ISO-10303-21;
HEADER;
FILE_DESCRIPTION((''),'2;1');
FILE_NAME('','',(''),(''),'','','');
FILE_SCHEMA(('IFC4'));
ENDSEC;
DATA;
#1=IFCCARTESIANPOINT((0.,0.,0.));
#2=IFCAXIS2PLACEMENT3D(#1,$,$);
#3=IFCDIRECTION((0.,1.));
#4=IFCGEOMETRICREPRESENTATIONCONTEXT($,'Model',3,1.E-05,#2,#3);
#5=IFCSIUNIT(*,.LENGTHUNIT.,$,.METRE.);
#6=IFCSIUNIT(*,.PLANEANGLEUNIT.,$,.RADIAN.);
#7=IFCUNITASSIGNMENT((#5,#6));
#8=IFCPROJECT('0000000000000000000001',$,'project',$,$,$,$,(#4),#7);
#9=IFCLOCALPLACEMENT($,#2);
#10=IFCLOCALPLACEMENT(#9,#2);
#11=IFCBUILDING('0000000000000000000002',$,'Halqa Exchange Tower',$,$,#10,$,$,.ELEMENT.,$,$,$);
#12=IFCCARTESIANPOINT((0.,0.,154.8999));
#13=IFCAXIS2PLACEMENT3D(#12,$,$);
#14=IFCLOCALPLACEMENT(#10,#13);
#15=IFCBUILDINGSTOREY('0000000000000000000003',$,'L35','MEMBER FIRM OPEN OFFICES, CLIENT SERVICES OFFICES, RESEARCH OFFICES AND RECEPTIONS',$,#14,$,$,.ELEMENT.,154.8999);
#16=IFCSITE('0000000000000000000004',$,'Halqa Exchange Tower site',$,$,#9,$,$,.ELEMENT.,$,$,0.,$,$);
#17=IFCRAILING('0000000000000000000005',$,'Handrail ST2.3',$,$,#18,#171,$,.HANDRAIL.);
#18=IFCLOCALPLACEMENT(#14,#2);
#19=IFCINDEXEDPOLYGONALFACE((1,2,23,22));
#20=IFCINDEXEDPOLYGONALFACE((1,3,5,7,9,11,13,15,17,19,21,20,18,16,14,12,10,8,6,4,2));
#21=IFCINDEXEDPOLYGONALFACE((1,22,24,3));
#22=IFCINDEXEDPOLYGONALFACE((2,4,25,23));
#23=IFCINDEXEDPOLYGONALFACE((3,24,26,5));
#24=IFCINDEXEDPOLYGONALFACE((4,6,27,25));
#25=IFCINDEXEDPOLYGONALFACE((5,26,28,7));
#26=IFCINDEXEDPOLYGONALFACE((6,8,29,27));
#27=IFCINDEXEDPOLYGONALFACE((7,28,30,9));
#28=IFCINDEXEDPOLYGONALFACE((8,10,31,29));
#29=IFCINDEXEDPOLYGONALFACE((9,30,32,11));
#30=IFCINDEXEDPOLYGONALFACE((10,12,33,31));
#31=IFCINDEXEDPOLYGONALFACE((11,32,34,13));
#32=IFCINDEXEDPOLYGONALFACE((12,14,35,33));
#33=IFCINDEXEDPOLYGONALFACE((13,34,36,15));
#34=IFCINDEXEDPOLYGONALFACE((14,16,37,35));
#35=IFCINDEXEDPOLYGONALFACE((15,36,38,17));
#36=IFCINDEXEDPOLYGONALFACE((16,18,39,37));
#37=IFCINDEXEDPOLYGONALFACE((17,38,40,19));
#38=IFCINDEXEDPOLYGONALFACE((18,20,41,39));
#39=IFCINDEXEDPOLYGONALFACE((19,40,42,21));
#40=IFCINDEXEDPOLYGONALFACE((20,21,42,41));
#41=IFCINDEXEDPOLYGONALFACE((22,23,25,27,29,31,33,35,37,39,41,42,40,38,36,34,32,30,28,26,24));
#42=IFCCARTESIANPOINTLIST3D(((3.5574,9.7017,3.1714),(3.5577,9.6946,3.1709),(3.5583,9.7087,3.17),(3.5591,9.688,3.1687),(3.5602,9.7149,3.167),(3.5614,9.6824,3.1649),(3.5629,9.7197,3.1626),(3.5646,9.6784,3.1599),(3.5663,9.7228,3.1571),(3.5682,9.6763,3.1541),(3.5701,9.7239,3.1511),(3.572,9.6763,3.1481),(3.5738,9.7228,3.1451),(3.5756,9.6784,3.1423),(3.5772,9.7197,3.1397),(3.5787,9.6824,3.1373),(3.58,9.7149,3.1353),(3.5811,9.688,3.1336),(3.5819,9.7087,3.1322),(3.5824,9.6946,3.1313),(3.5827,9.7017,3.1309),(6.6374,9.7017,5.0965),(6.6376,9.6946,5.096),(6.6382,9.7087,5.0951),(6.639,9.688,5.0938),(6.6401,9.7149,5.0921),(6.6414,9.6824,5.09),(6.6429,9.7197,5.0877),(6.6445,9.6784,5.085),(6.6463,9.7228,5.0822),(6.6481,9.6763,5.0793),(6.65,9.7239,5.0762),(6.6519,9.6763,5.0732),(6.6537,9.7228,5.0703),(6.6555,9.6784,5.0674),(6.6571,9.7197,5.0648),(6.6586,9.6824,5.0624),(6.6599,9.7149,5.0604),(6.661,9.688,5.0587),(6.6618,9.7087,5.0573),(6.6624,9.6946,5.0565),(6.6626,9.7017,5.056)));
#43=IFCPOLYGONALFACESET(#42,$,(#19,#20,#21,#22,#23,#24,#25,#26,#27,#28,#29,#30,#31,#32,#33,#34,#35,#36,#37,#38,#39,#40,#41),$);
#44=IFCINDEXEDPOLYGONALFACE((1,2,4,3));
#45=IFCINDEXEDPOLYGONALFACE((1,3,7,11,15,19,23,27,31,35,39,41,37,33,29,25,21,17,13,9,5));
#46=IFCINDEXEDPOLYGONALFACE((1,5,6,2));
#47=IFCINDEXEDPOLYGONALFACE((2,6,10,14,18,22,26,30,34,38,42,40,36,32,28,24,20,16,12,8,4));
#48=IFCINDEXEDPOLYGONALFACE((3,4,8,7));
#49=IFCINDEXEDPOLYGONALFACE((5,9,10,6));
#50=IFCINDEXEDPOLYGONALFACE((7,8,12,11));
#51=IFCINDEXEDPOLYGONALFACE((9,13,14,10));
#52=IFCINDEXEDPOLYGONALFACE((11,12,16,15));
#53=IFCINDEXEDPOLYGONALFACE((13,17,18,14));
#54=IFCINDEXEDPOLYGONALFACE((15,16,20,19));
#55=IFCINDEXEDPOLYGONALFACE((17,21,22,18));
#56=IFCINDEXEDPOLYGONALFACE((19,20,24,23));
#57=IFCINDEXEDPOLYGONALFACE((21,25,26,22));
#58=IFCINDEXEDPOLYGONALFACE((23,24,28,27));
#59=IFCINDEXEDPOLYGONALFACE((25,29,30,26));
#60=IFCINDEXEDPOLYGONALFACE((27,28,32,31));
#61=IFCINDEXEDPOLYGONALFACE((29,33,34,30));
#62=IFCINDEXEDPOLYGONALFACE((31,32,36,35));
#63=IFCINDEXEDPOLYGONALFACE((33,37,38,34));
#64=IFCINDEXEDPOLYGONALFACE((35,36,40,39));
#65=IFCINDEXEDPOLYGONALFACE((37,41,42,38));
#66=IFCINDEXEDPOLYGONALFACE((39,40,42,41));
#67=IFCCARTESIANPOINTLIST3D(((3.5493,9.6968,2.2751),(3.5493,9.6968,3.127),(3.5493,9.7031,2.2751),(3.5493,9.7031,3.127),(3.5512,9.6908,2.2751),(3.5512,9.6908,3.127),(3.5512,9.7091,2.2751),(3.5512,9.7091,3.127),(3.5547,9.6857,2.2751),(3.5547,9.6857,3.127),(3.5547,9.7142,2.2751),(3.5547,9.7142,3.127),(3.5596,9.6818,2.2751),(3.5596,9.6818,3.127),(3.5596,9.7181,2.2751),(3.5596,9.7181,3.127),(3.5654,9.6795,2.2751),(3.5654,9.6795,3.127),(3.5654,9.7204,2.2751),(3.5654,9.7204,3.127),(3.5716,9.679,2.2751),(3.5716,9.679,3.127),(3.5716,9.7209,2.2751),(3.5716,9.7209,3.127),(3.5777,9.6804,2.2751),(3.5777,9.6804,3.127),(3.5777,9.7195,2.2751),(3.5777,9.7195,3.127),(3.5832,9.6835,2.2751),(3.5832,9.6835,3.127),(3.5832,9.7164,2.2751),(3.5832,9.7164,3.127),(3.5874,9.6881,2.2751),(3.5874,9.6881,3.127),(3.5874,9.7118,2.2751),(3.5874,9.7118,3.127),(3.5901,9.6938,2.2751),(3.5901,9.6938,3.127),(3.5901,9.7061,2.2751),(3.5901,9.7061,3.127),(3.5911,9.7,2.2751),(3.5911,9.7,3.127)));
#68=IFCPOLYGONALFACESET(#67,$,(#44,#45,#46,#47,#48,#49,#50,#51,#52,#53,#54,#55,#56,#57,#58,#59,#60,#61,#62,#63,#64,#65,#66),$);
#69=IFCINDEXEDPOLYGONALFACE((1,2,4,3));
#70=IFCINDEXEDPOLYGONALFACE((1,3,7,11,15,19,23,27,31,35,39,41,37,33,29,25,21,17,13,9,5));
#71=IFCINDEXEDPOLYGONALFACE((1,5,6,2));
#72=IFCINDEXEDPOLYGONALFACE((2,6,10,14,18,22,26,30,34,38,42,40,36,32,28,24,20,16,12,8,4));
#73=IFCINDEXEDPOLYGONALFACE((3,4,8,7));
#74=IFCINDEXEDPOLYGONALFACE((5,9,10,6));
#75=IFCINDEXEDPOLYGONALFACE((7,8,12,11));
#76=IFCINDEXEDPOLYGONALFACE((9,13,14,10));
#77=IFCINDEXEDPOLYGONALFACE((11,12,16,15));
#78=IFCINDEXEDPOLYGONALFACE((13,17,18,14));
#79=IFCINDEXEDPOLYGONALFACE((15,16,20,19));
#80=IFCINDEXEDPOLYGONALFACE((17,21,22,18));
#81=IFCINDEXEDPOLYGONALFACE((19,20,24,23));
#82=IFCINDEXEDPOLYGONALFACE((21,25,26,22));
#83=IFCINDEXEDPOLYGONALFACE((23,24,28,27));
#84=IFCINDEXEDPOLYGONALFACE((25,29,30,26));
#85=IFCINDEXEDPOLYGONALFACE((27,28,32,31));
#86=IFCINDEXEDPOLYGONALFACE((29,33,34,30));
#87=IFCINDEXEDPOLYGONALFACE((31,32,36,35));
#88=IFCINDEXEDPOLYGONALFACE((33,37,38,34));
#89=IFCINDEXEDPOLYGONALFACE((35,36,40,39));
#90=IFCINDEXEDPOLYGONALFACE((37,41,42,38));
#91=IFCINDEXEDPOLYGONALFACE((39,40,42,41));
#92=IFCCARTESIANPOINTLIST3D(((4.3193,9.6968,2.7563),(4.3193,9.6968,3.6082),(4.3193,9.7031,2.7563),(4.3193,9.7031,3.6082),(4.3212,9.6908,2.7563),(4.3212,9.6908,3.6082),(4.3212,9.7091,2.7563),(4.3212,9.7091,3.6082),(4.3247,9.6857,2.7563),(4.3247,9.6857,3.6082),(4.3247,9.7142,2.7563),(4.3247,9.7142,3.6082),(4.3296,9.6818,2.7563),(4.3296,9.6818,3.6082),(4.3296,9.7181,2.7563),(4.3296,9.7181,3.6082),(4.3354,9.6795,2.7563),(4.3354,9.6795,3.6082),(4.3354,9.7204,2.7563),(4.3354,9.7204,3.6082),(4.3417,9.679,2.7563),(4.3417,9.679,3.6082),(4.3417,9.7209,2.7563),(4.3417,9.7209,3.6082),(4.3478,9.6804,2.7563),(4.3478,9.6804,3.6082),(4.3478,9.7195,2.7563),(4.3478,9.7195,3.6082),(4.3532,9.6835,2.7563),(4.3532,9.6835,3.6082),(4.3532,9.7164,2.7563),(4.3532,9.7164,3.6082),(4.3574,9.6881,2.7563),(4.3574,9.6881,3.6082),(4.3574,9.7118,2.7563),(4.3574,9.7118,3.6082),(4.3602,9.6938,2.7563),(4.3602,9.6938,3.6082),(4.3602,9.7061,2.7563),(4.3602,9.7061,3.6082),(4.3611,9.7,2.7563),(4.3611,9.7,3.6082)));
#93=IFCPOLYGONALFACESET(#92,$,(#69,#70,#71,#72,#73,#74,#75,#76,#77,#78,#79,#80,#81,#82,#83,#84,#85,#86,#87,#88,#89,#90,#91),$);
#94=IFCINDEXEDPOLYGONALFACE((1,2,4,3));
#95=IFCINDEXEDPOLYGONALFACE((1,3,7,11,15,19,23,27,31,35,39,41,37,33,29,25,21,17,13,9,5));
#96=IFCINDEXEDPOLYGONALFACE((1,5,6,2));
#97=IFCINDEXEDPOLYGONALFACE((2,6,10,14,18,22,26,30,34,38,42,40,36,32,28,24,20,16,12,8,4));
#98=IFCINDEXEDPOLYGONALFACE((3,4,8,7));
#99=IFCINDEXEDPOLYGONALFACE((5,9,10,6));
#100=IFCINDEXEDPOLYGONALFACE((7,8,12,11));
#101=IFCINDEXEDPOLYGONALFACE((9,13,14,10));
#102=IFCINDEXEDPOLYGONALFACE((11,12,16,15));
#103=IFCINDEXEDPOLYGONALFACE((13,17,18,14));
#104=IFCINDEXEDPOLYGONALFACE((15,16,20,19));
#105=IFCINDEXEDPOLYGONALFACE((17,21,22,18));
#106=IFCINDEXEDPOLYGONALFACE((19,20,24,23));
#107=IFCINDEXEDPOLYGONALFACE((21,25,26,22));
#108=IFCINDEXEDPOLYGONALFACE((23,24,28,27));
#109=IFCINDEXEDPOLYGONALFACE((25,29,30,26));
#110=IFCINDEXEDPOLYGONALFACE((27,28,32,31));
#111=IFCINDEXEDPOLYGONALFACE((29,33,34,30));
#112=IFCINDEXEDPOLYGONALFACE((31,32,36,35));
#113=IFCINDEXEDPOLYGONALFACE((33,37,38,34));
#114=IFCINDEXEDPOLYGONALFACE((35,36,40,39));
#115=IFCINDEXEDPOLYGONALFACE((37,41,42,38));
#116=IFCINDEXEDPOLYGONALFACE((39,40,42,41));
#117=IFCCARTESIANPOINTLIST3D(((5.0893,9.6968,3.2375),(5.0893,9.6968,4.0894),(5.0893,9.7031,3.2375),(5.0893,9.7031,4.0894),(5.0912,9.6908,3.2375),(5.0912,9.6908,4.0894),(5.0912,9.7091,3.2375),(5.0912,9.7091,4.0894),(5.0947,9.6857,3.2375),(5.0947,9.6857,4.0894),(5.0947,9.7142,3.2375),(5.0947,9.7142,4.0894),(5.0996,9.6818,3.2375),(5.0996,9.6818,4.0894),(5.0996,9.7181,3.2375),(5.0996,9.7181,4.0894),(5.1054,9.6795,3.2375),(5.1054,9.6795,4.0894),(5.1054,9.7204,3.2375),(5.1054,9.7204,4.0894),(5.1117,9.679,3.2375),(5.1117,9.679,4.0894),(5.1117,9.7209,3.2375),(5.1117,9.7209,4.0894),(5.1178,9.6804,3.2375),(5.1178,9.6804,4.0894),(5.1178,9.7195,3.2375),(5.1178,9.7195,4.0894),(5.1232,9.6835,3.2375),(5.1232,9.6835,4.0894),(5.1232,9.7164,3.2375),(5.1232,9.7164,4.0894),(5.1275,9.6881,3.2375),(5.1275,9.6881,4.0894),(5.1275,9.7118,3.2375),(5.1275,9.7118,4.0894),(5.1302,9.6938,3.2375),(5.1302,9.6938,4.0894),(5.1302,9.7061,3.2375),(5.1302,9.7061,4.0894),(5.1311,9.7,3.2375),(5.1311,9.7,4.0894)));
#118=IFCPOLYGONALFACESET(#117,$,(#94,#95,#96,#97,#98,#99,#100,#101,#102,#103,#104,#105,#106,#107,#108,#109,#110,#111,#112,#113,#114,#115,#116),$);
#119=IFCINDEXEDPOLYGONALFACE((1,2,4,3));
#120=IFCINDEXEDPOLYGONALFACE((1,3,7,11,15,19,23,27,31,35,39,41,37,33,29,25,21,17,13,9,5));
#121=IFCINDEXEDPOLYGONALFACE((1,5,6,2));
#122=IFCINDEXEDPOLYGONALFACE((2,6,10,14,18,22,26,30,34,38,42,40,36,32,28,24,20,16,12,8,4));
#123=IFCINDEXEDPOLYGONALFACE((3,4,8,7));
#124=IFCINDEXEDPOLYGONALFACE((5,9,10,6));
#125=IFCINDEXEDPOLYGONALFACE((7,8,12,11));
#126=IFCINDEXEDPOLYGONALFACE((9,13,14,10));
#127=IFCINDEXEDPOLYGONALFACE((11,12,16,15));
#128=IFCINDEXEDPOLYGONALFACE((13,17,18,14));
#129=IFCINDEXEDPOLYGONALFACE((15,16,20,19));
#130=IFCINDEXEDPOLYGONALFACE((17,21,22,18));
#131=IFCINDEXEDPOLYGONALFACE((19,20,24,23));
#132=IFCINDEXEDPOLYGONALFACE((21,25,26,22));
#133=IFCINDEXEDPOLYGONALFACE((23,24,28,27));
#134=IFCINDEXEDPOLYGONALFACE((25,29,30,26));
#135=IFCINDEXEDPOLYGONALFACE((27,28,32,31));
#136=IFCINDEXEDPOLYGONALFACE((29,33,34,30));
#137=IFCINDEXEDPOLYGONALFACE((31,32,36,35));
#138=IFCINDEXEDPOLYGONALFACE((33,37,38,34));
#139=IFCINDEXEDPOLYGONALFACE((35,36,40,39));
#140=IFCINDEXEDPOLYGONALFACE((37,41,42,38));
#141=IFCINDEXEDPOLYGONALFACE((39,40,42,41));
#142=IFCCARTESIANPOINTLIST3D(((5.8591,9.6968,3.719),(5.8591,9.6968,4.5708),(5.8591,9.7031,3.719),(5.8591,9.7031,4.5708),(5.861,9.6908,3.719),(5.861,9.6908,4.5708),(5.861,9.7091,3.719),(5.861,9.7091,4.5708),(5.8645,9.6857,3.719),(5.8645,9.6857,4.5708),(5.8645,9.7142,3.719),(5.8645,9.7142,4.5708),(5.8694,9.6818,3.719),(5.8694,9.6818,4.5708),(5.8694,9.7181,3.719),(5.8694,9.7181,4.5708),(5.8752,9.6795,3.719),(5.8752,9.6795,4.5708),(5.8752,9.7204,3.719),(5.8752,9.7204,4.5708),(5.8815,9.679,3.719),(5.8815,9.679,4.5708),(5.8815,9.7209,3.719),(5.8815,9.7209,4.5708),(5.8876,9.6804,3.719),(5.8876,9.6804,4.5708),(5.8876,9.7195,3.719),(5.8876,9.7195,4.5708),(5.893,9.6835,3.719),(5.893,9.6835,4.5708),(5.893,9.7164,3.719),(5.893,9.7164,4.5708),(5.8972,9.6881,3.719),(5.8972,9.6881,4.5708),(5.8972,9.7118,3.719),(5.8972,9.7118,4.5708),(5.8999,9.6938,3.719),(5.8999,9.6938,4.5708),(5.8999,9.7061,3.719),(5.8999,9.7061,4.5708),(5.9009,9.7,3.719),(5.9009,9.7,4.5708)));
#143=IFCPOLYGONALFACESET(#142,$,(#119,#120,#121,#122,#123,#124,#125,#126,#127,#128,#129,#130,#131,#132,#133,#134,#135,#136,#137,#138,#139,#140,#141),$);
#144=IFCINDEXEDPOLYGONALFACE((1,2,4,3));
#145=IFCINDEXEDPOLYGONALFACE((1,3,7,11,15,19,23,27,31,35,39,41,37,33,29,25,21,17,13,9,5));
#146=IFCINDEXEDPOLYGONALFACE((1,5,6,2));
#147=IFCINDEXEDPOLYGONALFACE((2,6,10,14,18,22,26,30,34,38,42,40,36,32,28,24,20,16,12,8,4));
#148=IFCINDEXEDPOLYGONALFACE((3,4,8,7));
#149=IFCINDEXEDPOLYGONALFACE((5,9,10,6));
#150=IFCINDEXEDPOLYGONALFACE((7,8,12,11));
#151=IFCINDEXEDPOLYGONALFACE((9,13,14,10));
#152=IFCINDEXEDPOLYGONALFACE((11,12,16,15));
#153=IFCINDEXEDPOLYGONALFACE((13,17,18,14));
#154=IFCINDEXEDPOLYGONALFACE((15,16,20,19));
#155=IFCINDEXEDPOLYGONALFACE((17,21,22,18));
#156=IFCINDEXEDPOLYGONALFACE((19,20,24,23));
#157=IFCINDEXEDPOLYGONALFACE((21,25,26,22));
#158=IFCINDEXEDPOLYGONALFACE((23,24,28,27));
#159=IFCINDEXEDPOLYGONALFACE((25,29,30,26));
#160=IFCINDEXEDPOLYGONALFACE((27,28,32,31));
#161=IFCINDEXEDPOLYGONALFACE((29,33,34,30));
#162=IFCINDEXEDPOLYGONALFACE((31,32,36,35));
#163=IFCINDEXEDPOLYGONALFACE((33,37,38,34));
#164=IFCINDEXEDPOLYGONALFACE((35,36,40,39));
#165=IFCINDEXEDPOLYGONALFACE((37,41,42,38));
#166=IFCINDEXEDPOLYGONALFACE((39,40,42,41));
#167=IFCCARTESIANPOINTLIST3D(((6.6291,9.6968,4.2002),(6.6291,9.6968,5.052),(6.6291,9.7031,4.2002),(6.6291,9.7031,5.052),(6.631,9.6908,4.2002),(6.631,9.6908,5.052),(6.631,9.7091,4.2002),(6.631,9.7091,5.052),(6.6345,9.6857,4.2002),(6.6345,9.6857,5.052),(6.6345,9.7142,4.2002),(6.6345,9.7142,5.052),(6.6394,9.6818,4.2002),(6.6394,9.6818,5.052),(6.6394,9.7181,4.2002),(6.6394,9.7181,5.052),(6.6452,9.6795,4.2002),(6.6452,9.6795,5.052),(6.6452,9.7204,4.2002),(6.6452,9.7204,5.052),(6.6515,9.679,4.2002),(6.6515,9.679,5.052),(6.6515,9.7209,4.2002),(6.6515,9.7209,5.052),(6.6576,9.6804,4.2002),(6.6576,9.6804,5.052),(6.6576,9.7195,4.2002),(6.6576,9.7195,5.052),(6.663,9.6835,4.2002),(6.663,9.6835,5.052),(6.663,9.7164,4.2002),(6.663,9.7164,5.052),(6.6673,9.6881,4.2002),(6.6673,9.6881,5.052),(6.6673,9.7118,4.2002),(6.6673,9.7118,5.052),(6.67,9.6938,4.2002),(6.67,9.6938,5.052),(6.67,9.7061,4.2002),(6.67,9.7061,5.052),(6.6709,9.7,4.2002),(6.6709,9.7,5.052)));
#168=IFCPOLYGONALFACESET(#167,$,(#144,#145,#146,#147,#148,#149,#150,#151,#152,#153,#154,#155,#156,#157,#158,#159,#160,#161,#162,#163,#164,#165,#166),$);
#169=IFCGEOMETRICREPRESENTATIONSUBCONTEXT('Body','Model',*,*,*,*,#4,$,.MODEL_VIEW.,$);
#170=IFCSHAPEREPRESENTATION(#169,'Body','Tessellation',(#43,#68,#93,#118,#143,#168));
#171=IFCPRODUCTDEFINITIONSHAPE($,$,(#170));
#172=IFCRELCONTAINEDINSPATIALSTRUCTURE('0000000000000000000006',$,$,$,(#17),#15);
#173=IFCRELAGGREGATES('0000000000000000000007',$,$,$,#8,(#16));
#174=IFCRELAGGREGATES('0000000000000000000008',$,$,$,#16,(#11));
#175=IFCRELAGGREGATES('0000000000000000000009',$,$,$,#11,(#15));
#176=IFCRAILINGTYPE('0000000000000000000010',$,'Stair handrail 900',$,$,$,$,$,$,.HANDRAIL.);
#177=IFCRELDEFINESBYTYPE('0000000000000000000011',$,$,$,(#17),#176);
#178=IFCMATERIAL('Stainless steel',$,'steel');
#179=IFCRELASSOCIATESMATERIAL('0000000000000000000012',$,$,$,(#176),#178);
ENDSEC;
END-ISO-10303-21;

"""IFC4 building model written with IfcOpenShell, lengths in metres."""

from ifc_helpers import new_model, si_unit, direction, frame, origin, origin_2d, place, context, subcontext, project, spatial, circle, extrude, material, type_object, element, save


model = new_model("IFC4")

# Units and contexts
model_context = context("Model", 3, precision=1e-05, world=origin(), true_north=direction((0.0, 1.0)))
body_context = subcontext(model_context, "Body", "Model", "MODEL_VIEW")
ifc_project = project(units=[si_unit("LENGTHUNIT", "METRE"), si_unit("PLANEANGLEUNIT", "RADIAN")], contexts=[model_context])

# Site, building, storey
site_placement = place(None, origin())
site = spatial("IfcSite", under=ifc_project, at=site_placement, Name="Halqa Exchange Tower site", CompositionType="ELEMENT", RefElevation=0.0)
building_placement = place(site_placement, origin())
building = spatial("IfcBuilding", under=site, at=building_placement, Name="Halqa Exchange Tower", CompositionType="ELEMENT")
storey_placement = place(building_placement, frame((0.0, 0.0, 154.8999)))
storey = spatial("IfcBuildingStorey", under=building, at=storey_placement, Name="L35", Description="MEMBER FIRM OPEN OFFICES, CLIENT SERVICES OFFICES, RESEARCH OFFICES AND RECEPTIONS", CompositionType="ELEMENT", Elevation=154.8999)

# Railing
ifc_material_1 = material(Name="Stainless steel", Category="steel")
railing_type_1 = type_object("IfcRailingType", Name="Stair handrail 900", PredefinedType="HANDRAIL", material=ifc_material_1)
railing_1_placement = place(storey_placement, frame((3.5701, 9.7, 2.2751)))
element("IfcRailing", 1, at=railing_1_placement, inside=storey, type_object=railing_type_1, Name="Handrail ST2.3", PredefinedType="HANDRAIL", context=body_context, shape_type="SweptSolid", body=[
    extrude(circle(Radius=0.0239, at=origin_2d()), frame((0.0, 0.0, 0.876), z_axis=(0.847979, 0.0, 0.530029), x_axis=(0.0, 1.0, 0.0)), (0.0, 0.0, 1.0), 3.6321),
    extrude(circle(Radius=0.021, at=origin_2d()), origin(), (0.0, 0.0, 1.0), 0.8518),
    extrude(circle(Radius=0.021, at=origin_2d()), frame((0.77, 0.0, 0.4812)), (0.0, 0.0, 1.0), 0.8518),
    extrude(circle(Radius=0.021, at=origin_2d()), frame((1.54, 0.0, 0.9624)), (0.0, 0.0, 1.0), 0.8518),
    extrude(circle(Radius=0.021, at=origin_2d()), frame((2.3098, 0.0, 1.4438)), (0.0, 0.0, 1.0), 0.8518),
    extrude(circle(Radius=0.021, at=origin_2d()), frame((3.0798, 0.0, 1.925)), (0.0, 0.0, 1.0), 0.8518),
])

save(model, "model.ifc")
